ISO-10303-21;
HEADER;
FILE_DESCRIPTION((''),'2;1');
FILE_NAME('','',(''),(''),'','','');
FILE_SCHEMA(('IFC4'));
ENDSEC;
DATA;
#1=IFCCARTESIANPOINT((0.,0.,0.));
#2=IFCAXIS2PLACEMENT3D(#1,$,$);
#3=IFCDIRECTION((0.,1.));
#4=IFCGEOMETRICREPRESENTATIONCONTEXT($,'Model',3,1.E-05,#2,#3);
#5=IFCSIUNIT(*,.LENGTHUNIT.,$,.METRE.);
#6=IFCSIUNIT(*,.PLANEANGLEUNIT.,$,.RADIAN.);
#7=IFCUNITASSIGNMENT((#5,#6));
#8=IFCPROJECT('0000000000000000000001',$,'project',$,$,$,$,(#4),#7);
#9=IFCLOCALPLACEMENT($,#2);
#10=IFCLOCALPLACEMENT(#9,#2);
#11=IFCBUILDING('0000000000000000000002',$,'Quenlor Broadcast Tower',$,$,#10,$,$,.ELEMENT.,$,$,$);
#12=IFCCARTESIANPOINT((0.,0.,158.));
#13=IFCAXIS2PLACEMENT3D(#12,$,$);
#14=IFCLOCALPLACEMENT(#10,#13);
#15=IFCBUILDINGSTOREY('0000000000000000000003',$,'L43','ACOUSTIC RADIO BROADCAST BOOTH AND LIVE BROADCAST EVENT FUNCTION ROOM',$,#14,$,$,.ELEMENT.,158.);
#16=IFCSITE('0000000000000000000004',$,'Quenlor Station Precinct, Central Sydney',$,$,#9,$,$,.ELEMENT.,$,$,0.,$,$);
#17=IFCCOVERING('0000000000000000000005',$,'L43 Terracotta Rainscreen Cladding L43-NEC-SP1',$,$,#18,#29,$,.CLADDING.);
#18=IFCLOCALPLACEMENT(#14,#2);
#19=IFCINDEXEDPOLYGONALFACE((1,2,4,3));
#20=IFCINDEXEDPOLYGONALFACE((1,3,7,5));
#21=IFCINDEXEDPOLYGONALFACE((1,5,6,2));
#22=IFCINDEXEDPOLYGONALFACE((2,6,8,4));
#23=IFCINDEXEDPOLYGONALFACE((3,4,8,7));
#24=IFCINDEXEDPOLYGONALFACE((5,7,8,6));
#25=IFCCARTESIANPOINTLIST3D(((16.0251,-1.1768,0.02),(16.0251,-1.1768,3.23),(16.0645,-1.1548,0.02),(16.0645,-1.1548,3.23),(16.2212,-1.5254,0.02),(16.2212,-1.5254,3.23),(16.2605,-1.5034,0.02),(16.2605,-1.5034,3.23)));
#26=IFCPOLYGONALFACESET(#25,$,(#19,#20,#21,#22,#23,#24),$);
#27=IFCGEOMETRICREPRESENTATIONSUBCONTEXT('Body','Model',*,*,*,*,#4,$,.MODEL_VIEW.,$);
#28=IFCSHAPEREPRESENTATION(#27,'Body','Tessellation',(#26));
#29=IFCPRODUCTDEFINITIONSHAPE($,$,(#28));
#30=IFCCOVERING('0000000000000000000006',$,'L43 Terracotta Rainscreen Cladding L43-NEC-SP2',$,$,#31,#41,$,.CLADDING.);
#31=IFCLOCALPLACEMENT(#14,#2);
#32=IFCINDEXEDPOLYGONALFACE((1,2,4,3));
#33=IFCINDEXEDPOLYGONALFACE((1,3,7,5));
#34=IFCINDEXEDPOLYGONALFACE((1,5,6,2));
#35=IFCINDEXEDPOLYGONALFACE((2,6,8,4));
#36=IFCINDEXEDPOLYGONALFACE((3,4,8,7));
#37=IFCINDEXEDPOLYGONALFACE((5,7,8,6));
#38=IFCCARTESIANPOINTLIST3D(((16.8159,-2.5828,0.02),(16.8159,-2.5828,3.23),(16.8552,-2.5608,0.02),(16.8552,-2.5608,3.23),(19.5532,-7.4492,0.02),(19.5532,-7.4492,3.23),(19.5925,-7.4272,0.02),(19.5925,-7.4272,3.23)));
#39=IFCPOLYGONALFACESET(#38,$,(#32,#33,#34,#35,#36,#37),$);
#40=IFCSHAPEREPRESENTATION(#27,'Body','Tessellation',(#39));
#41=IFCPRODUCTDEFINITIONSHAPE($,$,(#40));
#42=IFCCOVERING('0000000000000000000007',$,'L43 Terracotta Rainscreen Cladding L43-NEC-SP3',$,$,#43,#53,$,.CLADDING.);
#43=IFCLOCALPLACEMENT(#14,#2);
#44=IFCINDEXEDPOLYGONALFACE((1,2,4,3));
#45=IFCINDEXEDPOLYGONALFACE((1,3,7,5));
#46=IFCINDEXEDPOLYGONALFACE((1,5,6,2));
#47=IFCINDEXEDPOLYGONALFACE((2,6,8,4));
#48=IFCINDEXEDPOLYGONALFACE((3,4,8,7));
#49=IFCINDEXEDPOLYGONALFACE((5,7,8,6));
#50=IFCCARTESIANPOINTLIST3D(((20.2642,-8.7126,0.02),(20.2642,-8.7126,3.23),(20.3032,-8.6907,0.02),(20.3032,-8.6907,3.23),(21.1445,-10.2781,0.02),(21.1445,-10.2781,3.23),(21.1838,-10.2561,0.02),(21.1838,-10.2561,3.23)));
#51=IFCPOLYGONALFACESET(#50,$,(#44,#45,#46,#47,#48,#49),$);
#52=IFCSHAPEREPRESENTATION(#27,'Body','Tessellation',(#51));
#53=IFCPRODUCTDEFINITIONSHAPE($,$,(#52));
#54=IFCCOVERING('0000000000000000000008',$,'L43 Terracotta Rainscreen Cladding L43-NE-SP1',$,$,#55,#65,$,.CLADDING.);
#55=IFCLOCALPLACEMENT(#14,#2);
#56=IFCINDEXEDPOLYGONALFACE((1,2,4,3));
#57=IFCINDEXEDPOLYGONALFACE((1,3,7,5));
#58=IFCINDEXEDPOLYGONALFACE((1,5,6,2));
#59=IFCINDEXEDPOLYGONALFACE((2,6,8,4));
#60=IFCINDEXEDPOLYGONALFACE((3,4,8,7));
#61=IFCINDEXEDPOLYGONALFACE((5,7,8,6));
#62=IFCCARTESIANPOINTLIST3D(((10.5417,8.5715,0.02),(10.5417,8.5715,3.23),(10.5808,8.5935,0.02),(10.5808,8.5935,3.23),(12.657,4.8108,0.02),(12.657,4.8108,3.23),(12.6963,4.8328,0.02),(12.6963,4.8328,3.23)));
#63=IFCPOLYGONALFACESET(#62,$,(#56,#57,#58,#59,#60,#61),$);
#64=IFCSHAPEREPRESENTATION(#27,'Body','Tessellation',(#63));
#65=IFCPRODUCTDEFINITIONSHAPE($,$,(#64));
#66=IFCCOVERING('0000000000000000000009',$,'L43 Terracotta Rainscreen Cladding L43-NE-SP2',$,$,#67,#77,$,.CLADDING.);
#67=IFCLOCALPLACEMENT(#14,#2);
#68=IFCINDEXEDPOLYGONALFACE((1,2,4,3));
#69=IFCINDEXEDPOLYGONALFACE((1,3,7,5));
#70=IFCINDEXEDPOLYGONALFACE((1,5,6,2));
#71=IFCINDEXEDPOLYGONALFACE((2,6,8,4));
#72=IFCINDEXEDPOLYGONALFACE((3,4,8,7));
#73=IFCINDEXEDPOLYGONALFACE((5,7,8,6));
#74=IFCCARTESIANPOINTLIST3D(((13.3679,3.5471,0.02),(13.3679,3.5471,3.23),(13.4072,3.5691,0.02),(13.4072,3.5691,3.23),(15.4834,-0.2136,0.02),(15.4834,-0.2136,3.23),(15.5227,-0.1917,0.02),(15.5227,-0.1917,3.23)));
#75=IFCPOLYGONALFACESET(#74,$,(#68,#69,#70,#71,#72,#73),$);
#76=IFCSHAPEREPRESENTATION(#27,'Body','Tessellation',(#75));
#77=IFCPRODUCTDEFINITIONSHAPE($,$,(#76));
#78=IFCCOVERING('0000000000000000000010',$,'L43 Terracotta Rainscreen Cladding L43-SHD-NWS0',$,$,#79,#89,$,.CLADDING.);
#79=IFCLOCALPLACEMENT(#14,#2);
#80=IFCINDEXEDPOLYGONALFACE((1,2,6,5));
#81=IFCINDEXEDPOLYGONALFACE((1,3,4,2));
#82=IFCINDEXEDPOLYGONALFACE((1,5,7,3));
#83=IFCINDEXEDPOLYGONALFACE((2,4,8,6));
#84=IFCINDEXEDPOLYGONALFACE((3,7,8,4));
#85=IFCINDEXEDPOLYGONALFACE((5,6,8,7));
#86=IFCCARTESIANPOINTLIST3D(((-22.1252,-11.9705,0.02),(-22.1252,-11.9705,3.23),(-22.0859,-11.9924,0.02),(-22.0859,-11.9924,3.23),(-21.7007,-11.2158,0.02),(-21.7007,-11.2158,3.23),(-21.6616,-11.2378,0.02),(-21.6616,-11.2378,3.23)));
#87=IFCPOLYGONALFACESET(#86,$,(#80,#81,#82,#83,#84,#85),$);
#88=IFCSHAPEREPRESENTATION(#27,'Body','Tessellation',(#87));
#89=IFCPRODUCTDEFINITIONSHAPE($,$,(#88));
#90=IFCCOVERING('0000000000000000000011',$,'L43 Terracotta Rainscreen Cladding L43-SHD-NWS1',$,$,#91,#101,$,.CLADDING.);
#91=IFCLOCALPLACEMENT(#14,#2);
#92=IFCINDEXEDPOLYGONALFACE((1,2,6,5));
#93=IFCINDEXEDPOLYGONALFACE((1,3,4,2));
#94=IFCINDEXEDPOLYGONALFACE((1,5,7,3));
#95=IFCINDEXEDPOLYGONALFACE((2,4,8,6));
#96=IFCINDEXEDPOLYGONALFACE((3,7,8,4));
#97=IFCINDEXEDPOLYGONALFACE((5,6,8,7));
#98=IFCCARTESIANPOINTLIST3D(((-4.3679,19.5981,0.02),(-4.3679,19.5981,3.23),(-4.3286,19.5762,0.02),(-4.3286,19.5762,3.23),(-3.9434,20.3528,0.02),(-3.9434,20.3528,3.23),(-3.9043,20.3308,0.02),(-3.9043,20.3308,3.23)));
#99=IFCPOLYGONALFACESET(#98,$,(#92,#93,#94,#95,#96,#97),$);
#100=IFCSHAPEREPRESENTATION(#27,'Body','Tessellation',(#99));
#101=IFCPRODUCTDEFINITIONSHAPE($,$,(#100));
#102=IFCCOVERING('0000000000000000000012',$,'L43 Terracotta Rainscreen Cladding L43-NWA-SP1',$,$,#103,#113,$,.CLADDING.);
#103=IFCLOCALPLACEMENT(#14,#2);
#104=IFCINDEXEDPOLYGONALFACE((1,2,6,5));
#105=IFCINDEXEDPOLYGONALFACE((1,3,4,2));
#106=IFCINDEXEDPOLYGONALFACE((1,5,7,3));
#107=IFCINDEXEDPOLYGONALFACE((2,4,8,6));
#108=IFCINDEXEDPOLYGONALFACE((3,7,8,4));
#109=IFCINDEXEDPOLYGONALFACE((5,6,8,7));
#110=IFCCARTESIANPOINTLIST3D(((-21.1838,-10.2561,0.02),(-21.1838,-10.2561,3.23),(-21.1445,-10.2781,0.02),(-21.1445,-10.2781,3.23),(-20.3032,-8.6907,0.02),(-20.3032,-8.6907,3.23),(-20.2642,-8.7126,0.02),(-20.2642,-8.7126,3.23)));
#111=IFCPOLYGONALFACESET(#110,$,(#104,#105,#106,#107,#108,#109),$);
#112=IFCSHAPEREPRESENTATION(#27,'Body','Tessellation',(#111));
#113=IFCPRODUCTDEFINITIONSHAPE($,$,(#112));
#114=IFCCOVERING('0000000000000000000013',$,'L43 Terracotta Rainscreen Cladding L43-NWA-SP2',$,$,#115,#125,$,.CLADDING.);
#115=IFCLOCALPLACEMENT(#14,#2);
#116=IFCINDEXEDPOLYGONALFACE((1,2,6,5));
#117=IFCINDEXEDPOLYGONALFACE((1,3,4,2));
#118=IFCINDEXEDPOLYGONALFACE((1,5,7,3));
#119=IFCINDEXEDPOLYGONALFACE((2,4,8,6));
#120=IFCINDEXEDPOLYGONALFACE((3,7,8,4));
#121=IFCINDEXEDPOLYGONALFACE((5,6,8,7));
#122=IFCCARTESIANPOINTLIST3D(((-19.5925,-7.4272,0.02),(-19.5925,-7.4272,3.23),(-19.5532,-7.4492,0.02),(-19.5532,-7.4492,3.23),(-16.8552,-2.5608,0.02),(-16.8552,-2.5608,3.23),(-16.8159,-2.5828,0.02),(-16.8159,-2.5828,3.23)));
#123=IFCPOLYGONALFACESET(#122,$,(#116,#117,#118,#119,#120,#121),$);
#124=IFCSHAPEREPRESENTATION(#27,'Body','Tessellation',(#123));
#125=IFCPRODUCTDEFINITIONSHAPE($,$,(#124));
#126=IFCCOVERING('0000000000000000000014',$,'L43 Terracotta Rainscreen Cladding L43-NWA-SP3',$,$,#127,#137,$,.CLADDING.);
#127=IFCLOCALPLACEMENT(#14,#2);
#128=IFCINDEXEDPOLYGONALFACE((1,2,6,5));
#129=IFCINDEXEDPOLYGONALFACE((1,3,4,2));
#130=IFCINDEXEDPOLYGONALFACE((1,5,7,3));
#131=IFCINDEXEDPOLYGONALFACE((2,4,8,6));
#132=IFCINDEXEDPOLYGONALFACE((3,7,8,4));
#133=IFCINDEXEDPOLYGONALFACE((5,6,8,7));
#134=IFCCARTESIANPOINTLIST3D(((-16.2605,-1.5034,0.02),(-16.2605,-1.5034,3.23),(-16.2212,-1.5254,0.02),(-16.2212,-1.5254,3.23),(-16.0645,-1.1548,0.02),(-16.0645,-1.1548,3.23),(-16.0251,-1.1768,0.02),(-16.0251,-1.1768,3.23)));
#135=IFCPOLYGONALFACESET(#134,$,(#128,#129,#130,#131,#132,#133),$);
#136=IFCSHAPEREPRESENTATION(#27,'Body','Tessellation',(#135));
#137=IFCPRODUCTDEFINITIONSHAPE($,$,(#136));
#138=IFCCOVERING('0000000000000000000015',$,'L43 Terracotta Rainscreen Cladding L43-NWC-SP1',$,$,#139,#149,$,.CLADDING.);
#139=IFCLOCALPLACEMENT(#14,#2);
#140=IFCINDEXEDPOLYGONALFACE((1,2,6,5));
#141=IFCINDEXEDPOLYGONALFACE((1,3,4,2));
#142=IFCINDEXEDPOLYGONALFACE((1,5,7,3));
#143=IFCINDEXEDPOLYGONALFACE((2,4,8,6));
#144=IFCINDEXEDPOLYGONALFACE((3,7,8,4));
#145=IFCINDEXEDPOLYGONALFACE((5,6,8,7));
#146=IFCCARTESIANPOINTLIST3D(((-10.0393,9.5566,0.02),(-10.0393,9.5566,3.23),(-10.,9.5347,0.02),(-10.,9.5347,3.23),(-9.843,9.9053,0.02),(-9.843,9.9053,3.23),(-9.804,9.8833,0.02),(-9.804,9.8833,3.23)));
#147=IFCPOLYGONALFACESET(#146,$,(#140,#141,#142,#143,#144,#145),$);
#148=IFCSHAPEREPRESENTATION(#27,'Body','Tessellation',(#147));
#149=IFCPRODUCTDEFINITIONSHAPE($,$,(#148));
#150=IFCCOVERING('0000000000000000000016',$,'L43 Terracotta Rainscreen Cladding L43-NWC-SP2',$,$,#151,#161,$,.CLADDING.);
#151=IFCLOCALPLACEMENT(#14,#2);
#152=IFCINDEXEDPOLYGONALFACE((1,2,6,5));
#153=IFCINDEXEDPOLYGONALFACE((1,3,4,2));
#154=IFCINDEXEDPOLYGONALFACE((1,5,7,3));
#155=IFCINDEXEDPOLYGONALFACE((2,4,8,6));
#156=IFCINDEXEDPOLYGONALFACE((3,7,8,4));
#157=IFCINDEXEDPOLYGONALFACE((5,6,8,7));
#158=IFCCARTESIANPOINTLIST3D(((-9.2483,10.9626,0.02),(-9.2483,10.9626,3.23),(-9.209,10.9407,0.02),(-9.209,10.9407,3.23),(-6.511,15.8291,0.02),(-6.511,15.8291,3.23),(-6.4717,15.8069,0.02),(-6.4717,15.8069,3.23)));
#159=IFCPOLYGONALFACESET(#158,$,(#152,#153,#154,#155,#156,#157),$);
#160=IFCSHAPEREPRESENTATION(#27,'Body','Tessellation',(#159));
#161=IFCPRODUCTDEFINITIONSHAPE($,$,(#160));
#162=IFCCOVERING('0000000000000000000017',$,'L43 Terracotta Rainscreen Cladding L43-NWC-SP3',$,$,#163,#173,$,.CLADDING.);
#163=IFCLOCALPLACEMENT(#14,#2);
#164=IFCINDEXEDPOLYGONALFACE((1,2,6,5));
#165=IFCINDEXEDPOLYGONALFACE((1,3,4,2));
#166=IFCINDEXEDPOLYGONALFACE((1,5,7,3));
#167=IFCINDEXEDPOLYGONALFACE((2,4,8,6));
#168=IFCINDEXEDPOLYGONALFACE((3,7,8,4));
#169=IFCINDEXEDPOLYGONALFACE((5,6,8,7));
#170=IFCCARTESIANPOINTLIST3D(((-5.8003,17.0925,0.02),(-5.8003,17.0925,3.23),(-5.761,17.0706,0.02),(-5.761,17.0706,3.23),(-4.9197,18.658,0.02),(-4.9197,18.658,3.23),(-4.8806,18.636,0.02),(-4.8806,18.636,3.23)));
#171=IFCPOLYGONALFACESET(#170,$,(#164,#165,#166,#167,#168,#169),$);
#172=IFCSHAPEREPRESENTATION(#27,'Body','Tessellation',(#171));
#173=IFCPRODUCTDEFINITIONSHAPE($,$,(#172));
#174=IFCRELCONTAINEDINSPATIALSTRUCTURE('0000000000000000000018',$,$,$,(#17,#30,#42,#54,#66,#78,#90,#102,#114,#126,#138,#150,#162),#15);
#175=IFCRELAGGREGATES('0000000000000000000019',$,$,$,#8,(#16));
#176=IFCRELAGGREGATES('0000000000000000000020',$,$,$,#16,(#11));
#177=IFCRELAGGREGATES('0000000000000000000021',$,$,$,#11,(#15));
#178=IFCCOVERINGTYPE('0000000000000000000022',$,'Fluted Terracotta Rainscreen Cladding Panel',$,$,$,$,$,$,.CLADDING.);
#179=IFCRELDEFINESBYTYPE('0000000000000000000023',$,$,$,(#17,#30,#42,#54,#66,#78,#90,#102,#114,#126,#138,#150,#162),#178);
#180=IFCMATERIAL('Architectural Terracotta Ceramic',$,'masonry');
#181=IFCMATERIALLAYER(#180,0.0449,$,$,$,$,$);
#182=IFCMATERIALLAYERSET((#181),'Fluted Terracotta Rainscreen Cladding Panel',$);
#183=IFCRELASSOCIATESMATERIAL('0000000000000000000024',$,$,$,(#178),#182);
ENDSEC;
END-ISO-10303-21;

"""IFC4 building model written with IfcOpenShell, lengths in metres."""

from ifc_helpers import new_model, si_unit, direction, frame, origin, place, context, subcontext, project, spatial, polyline, outline, extrude, material, layer, layer_set, type_object, element, save


model = new_model("IFC4")

# Units and contexts
model_context = context("Model", 3, precision=1e-05, world=origin(), true_north=direction((0.0, 1.0)))
body_context = subcontext(model_context, "Body", "Model", "MODEL_VIEW")
ifc_project = project(units=[si_unit("LENGTHUNIT", "METRE"), si_unit("PLANEANGLEUNIT", "RADIAN")], contexts=[model_context])

# Site, building, storey
site_placement = place(None, origin())
site = spatial("IfcSite", under=ifc_project, at=site_placement, Name="Quenlor Station Precinct, Central Sydney", CompositionType="ELEMENT", RefElevation=0.0)
building_placement = place(site_placement, origin())
building = spatial("IfcBuilding", under=site, at=building_placement, Name="Quenlor Broadcast Tower", CompositionType="ELEMENT")
storey_placement = place(building_placement, frame((0.0, 0.0, 158.0)))
storey = spatial("IfcBuildingStorey", under=building, at=storey_placement, Name="L43", Description="ACOUSTIC RADIO BROADCAST BOOTH AND LIVE BROADCAST EVENT FUNCTION ROOM", CompositionType="ELEMENT", Elevation=158.0)

# Coverings
ifc_material = material(Name="Architectural Terracotta Ceramic", Category="masonry")
ifc_layer = layer(ifc_material, 0.0449)
ifc_layer_set = layer_set([ifc_layer], Name="Fluted Terracotta Rainscreen Cladding Panel")
covering_type = type_object("IfcCoveringType", Name="Fluted Terracotta Rainscreen Cladding Panel", PredefinedType="CLADDING", material=ifc_layer_set)
covering_1_placement = place(storey_placement, frame((0.0, 0.0, 0.02)))
element("IfcCovering", 1, at=covering_1_placement, inside=storey, type_object=covering_type, Name="L43 Terracotta Rainscreen Cladding L43-NEC-SP1", PredefinedType="CLADDING", context=body_context, shape_type="SweptSolid", body=[
    extrude(outline(polyline([(16.0251, -1.1768), (16.2212, -1.5254), (16.2605, -1.5034), (16.0645, -1.1548), (16.0251, -1.1768)])), origin(), (0.0, 0.0, 1.0), 3.21),
])
covering_2_placement = place(storey_placement, frame((0.0, 0.0, 0.02)))
element("IfcCovering", 2, at=covering_2_placement, inside=storey, type_object=covering_type, Name="L43 Terracotta Rainscreen Cladding L43-NEC-SP2", PredefinedType="CLADDING", context=body_context, shape_type="SweptSolid", body=[
    extrude(outline(polyline([(16.8159, -2.5828), (19.5532, -7.4492), (19.5925, -7.4272), (16.8552, -2.5608), (16.8159, -2.5828)])), origin(), (0.0, 0.0, 1.0), 3.21),
])
covering_3_placement = place(storey_placement, frame((0.0, 0.0, 0.02)))
element("IfcCovering", 3, at=covering_3_placement, inside=storey, type_object=covering_type, Name="L43 Terracotta Rainscreen Cladding L43-NEC-SP3", PredefinedType="CLADDING", context=body_context, shape_type="SweptSolid", body=[
    extrude(outline(polyline([(20.2642, -8.7126), (21.1445, -10.2781), (21.1838, -10.2561), (20.3032, -8.6907), (20.2642, -8.7126)])), origin(), (0.0, 0.0, 1.0), 3.21),
])
covering_4_placement = place(storey_placement, frame((0.0, 0.0, 0.02)))
element("IfcCovering", 4, at=covering_4_placement, inside=storey, type_object=covering_type, Name="L43 Terracotta Rainscreen Cladding L43-NE-SP1", PredefinedType="CLADDING", context=body_context, shape_type="SweptSolid", body=[
    extrude(outline(polyline([(10.5417, 8.5715), (12.657, 4.8108), (12.6963, 4.8328), (10.5808, 8.5935), (10.5417, 8.5715)])), origin(), (0.0, 0.0, 1.0), 3.21),
])
covering_5_placement = place(storey_placement, frame((0.0, 0.0, 0.02)))
element("IfcCovering", 5, at=covering_5_placement, inside=storey, type_object=covering_type, Name="L43 Terracotta Rainscreen Cladding L43-NE-SP2", PredefinedType="CLADDING", context=body_context, shape_type="SweptSolid", body=[
    extrude(outline(polyline([(13.3679, 3.5471), (15.4834, -0.2136), (15.5227, -0.1917), (13.4072, 3.5691), (13.3679, 3.5471)])), origin(), (0.0, 0.0, 1.0), 3.21),
])
covering_6_placement = place(storey_placement, frame((0.0, 0.0, 0.02)))
element("IfcCovering", 6, at=covering_6_placement, inside=storey, type_object=covering_type, Name="L43 Terracotta Rainscreen Cladding L43-SHD-NWS0", PredefinedType="CLADDING", context=body_context, shape_type="SweptSolid", body=[
    extrude(outline(polyline([(-22.0859, -11.9924), (-21.6616, -11.2378), (-21.7007, -11.2158), (-22.1252, -11.9705), (-22.0859, -11.9924)])), origin(), (0.0, 0.0, 1.0), 3.21),
])
covering_7_placement = place(storey_placement, frame((0.0, 0.0, 0.02)))
element("IfcCovering", 7, at=covering_7_placement, inside=storey, type_object=covering_type, Name="L43 Terracotta Rainscreen Cladding L43-SHD-NWS1", PredefinedType="CLADDING", context=body_context, shape_type="SweptSolid", body=[
    extrude(outline(polyline([(-4.3286, 19.5762), (-3.9043, 20.3308), (-3.9434, 20.3528), (-4.3679, 19.5981), (-4.3286, 19.5762)])), origin(), (0.0, 0.0, 1.0), 3.21),
])
covering_8_placement = place(storey_placement, frame((0.0, 0.0, 0.02)))
element("IfcCovering", 8, at=covering_8_placement, inside=storey, type_object=covering_type, Name="L43 Terracotta Rainscreen Cladding L43-NWA-SP1", PredefinedType="CLADDING", context=body_context, shape_type="SweptSolid", body=[
    extrude(outline(polyline([(-21.1445, -10.2781), (-20.2642, -8.7126), (-20.3032, -8.6907), (-21.1838, -10.2561), (-21.1445, -10.2781)])), origin(), (0.0, 0.0, 1.0), 3.21),
])
covering_9_placement = place(storey_placement, frame((0.0, 0.0, 0.02)))
element("IfcCovering", 9, at=covering_9_placement, inside=storey, type_object=covering_type, Name="L43 Terracotta Rainscreen Cladding L43-NWA-SP2", PredefinedType="CLADDING", context=body_context, shape_type="SweptSolid", body=[
    extrude(outline(polyline([(-19.5532, -7.4492), (-16.8159, -2.5828), (-16.8552, -2.5608), (-19.5925, -7.4272), (-19.5532, -7.4492)])), origin(), (0.0, 0.0, 1.0), 3.21),
])
covering_10_placement = place(storey_placement, frame((0.0, 0.0, 0.02)))
element("IfcCovering", 10, at=covering_10_placement, inside=storey, type_object=covering_type, Name="L43 Terracotta Rainscreen Cladding L43-NWA-SP3", PredefinedType="CLADDING", context=body_context, shape_type="SweptSolid", body=[
    extrude(outline(polyline([(-16.2212, -1.5254), (-16.0251, -1.1768), (-16.0645, -1.1548), (-16.2605, -1.5034), (-16.2212, -1.5254)])), origin(), (0.0, 0.0, 1.0), 3.21),
])
covering_11_placement = place(storey_placement, frame((0.0, 0.0, 0.02)))
element("IfcCovering", 11, at=covering_11_placement, inside=storey, type_object=covering_type, Name="L43 Terracotta Rainscreen Cladding L43-NWC-SP1", PredefinedType="CLADDING", context=body_context, shape_type="SweptSolid", body=[
    extrude(outline(polyline([(-10.0, 9.5347), (-9.804, 9.8833), (-9.843, 9.9053), (-10.0393, 9.5566), (-10.0, 9.5347)])), origin(), (0.0, 0.0, 1.0), 3.21),
])
covering_12_placement = place(storey_placement, frame((0.0, 0.0, 0.02)))
element("IfcCovering", 12, at=covering_12_placement, inside=storey, type_object=covering_type, Name="L43 Terracotta Rainscreen Cladding L43-NWC-SP2", PredefinedType="CLADDING", context=body_context, shape_type="SweptSolid", body=[
    extrude(outline(polyline([(-9.209, 10.9407), (-6.4717, 15.8069), (-6.511, 15.8291), (-9.2483, 10.9626), (-9.209, 10.9407)])), origin(), (0.0, 0.0, 1.0), 3.21),
])
covering_13_placement = place(storey_placement, frame((0.0, 0.0, 0.02)))
element("IfcCovering", 13, at=covering_13_placement, inside=storey, type_object=covering_type, Name="L43 Terracotta Rainscreen Cladding L43-NWC-SP3", PredefinedType="CLADDING", context=body_context, shape_type="SweptSolid", body=[
    extrude(outline(polyline([(-5.761, 17.0706), (-4.8806, 18.636), (-4.9197, 18.658), (-5.8003, 17.0925), (-5.761, 17.0706)])), origin(), (0.0, 0.0, 1.0), 3.21),
])

save(model, "model.ifc")
